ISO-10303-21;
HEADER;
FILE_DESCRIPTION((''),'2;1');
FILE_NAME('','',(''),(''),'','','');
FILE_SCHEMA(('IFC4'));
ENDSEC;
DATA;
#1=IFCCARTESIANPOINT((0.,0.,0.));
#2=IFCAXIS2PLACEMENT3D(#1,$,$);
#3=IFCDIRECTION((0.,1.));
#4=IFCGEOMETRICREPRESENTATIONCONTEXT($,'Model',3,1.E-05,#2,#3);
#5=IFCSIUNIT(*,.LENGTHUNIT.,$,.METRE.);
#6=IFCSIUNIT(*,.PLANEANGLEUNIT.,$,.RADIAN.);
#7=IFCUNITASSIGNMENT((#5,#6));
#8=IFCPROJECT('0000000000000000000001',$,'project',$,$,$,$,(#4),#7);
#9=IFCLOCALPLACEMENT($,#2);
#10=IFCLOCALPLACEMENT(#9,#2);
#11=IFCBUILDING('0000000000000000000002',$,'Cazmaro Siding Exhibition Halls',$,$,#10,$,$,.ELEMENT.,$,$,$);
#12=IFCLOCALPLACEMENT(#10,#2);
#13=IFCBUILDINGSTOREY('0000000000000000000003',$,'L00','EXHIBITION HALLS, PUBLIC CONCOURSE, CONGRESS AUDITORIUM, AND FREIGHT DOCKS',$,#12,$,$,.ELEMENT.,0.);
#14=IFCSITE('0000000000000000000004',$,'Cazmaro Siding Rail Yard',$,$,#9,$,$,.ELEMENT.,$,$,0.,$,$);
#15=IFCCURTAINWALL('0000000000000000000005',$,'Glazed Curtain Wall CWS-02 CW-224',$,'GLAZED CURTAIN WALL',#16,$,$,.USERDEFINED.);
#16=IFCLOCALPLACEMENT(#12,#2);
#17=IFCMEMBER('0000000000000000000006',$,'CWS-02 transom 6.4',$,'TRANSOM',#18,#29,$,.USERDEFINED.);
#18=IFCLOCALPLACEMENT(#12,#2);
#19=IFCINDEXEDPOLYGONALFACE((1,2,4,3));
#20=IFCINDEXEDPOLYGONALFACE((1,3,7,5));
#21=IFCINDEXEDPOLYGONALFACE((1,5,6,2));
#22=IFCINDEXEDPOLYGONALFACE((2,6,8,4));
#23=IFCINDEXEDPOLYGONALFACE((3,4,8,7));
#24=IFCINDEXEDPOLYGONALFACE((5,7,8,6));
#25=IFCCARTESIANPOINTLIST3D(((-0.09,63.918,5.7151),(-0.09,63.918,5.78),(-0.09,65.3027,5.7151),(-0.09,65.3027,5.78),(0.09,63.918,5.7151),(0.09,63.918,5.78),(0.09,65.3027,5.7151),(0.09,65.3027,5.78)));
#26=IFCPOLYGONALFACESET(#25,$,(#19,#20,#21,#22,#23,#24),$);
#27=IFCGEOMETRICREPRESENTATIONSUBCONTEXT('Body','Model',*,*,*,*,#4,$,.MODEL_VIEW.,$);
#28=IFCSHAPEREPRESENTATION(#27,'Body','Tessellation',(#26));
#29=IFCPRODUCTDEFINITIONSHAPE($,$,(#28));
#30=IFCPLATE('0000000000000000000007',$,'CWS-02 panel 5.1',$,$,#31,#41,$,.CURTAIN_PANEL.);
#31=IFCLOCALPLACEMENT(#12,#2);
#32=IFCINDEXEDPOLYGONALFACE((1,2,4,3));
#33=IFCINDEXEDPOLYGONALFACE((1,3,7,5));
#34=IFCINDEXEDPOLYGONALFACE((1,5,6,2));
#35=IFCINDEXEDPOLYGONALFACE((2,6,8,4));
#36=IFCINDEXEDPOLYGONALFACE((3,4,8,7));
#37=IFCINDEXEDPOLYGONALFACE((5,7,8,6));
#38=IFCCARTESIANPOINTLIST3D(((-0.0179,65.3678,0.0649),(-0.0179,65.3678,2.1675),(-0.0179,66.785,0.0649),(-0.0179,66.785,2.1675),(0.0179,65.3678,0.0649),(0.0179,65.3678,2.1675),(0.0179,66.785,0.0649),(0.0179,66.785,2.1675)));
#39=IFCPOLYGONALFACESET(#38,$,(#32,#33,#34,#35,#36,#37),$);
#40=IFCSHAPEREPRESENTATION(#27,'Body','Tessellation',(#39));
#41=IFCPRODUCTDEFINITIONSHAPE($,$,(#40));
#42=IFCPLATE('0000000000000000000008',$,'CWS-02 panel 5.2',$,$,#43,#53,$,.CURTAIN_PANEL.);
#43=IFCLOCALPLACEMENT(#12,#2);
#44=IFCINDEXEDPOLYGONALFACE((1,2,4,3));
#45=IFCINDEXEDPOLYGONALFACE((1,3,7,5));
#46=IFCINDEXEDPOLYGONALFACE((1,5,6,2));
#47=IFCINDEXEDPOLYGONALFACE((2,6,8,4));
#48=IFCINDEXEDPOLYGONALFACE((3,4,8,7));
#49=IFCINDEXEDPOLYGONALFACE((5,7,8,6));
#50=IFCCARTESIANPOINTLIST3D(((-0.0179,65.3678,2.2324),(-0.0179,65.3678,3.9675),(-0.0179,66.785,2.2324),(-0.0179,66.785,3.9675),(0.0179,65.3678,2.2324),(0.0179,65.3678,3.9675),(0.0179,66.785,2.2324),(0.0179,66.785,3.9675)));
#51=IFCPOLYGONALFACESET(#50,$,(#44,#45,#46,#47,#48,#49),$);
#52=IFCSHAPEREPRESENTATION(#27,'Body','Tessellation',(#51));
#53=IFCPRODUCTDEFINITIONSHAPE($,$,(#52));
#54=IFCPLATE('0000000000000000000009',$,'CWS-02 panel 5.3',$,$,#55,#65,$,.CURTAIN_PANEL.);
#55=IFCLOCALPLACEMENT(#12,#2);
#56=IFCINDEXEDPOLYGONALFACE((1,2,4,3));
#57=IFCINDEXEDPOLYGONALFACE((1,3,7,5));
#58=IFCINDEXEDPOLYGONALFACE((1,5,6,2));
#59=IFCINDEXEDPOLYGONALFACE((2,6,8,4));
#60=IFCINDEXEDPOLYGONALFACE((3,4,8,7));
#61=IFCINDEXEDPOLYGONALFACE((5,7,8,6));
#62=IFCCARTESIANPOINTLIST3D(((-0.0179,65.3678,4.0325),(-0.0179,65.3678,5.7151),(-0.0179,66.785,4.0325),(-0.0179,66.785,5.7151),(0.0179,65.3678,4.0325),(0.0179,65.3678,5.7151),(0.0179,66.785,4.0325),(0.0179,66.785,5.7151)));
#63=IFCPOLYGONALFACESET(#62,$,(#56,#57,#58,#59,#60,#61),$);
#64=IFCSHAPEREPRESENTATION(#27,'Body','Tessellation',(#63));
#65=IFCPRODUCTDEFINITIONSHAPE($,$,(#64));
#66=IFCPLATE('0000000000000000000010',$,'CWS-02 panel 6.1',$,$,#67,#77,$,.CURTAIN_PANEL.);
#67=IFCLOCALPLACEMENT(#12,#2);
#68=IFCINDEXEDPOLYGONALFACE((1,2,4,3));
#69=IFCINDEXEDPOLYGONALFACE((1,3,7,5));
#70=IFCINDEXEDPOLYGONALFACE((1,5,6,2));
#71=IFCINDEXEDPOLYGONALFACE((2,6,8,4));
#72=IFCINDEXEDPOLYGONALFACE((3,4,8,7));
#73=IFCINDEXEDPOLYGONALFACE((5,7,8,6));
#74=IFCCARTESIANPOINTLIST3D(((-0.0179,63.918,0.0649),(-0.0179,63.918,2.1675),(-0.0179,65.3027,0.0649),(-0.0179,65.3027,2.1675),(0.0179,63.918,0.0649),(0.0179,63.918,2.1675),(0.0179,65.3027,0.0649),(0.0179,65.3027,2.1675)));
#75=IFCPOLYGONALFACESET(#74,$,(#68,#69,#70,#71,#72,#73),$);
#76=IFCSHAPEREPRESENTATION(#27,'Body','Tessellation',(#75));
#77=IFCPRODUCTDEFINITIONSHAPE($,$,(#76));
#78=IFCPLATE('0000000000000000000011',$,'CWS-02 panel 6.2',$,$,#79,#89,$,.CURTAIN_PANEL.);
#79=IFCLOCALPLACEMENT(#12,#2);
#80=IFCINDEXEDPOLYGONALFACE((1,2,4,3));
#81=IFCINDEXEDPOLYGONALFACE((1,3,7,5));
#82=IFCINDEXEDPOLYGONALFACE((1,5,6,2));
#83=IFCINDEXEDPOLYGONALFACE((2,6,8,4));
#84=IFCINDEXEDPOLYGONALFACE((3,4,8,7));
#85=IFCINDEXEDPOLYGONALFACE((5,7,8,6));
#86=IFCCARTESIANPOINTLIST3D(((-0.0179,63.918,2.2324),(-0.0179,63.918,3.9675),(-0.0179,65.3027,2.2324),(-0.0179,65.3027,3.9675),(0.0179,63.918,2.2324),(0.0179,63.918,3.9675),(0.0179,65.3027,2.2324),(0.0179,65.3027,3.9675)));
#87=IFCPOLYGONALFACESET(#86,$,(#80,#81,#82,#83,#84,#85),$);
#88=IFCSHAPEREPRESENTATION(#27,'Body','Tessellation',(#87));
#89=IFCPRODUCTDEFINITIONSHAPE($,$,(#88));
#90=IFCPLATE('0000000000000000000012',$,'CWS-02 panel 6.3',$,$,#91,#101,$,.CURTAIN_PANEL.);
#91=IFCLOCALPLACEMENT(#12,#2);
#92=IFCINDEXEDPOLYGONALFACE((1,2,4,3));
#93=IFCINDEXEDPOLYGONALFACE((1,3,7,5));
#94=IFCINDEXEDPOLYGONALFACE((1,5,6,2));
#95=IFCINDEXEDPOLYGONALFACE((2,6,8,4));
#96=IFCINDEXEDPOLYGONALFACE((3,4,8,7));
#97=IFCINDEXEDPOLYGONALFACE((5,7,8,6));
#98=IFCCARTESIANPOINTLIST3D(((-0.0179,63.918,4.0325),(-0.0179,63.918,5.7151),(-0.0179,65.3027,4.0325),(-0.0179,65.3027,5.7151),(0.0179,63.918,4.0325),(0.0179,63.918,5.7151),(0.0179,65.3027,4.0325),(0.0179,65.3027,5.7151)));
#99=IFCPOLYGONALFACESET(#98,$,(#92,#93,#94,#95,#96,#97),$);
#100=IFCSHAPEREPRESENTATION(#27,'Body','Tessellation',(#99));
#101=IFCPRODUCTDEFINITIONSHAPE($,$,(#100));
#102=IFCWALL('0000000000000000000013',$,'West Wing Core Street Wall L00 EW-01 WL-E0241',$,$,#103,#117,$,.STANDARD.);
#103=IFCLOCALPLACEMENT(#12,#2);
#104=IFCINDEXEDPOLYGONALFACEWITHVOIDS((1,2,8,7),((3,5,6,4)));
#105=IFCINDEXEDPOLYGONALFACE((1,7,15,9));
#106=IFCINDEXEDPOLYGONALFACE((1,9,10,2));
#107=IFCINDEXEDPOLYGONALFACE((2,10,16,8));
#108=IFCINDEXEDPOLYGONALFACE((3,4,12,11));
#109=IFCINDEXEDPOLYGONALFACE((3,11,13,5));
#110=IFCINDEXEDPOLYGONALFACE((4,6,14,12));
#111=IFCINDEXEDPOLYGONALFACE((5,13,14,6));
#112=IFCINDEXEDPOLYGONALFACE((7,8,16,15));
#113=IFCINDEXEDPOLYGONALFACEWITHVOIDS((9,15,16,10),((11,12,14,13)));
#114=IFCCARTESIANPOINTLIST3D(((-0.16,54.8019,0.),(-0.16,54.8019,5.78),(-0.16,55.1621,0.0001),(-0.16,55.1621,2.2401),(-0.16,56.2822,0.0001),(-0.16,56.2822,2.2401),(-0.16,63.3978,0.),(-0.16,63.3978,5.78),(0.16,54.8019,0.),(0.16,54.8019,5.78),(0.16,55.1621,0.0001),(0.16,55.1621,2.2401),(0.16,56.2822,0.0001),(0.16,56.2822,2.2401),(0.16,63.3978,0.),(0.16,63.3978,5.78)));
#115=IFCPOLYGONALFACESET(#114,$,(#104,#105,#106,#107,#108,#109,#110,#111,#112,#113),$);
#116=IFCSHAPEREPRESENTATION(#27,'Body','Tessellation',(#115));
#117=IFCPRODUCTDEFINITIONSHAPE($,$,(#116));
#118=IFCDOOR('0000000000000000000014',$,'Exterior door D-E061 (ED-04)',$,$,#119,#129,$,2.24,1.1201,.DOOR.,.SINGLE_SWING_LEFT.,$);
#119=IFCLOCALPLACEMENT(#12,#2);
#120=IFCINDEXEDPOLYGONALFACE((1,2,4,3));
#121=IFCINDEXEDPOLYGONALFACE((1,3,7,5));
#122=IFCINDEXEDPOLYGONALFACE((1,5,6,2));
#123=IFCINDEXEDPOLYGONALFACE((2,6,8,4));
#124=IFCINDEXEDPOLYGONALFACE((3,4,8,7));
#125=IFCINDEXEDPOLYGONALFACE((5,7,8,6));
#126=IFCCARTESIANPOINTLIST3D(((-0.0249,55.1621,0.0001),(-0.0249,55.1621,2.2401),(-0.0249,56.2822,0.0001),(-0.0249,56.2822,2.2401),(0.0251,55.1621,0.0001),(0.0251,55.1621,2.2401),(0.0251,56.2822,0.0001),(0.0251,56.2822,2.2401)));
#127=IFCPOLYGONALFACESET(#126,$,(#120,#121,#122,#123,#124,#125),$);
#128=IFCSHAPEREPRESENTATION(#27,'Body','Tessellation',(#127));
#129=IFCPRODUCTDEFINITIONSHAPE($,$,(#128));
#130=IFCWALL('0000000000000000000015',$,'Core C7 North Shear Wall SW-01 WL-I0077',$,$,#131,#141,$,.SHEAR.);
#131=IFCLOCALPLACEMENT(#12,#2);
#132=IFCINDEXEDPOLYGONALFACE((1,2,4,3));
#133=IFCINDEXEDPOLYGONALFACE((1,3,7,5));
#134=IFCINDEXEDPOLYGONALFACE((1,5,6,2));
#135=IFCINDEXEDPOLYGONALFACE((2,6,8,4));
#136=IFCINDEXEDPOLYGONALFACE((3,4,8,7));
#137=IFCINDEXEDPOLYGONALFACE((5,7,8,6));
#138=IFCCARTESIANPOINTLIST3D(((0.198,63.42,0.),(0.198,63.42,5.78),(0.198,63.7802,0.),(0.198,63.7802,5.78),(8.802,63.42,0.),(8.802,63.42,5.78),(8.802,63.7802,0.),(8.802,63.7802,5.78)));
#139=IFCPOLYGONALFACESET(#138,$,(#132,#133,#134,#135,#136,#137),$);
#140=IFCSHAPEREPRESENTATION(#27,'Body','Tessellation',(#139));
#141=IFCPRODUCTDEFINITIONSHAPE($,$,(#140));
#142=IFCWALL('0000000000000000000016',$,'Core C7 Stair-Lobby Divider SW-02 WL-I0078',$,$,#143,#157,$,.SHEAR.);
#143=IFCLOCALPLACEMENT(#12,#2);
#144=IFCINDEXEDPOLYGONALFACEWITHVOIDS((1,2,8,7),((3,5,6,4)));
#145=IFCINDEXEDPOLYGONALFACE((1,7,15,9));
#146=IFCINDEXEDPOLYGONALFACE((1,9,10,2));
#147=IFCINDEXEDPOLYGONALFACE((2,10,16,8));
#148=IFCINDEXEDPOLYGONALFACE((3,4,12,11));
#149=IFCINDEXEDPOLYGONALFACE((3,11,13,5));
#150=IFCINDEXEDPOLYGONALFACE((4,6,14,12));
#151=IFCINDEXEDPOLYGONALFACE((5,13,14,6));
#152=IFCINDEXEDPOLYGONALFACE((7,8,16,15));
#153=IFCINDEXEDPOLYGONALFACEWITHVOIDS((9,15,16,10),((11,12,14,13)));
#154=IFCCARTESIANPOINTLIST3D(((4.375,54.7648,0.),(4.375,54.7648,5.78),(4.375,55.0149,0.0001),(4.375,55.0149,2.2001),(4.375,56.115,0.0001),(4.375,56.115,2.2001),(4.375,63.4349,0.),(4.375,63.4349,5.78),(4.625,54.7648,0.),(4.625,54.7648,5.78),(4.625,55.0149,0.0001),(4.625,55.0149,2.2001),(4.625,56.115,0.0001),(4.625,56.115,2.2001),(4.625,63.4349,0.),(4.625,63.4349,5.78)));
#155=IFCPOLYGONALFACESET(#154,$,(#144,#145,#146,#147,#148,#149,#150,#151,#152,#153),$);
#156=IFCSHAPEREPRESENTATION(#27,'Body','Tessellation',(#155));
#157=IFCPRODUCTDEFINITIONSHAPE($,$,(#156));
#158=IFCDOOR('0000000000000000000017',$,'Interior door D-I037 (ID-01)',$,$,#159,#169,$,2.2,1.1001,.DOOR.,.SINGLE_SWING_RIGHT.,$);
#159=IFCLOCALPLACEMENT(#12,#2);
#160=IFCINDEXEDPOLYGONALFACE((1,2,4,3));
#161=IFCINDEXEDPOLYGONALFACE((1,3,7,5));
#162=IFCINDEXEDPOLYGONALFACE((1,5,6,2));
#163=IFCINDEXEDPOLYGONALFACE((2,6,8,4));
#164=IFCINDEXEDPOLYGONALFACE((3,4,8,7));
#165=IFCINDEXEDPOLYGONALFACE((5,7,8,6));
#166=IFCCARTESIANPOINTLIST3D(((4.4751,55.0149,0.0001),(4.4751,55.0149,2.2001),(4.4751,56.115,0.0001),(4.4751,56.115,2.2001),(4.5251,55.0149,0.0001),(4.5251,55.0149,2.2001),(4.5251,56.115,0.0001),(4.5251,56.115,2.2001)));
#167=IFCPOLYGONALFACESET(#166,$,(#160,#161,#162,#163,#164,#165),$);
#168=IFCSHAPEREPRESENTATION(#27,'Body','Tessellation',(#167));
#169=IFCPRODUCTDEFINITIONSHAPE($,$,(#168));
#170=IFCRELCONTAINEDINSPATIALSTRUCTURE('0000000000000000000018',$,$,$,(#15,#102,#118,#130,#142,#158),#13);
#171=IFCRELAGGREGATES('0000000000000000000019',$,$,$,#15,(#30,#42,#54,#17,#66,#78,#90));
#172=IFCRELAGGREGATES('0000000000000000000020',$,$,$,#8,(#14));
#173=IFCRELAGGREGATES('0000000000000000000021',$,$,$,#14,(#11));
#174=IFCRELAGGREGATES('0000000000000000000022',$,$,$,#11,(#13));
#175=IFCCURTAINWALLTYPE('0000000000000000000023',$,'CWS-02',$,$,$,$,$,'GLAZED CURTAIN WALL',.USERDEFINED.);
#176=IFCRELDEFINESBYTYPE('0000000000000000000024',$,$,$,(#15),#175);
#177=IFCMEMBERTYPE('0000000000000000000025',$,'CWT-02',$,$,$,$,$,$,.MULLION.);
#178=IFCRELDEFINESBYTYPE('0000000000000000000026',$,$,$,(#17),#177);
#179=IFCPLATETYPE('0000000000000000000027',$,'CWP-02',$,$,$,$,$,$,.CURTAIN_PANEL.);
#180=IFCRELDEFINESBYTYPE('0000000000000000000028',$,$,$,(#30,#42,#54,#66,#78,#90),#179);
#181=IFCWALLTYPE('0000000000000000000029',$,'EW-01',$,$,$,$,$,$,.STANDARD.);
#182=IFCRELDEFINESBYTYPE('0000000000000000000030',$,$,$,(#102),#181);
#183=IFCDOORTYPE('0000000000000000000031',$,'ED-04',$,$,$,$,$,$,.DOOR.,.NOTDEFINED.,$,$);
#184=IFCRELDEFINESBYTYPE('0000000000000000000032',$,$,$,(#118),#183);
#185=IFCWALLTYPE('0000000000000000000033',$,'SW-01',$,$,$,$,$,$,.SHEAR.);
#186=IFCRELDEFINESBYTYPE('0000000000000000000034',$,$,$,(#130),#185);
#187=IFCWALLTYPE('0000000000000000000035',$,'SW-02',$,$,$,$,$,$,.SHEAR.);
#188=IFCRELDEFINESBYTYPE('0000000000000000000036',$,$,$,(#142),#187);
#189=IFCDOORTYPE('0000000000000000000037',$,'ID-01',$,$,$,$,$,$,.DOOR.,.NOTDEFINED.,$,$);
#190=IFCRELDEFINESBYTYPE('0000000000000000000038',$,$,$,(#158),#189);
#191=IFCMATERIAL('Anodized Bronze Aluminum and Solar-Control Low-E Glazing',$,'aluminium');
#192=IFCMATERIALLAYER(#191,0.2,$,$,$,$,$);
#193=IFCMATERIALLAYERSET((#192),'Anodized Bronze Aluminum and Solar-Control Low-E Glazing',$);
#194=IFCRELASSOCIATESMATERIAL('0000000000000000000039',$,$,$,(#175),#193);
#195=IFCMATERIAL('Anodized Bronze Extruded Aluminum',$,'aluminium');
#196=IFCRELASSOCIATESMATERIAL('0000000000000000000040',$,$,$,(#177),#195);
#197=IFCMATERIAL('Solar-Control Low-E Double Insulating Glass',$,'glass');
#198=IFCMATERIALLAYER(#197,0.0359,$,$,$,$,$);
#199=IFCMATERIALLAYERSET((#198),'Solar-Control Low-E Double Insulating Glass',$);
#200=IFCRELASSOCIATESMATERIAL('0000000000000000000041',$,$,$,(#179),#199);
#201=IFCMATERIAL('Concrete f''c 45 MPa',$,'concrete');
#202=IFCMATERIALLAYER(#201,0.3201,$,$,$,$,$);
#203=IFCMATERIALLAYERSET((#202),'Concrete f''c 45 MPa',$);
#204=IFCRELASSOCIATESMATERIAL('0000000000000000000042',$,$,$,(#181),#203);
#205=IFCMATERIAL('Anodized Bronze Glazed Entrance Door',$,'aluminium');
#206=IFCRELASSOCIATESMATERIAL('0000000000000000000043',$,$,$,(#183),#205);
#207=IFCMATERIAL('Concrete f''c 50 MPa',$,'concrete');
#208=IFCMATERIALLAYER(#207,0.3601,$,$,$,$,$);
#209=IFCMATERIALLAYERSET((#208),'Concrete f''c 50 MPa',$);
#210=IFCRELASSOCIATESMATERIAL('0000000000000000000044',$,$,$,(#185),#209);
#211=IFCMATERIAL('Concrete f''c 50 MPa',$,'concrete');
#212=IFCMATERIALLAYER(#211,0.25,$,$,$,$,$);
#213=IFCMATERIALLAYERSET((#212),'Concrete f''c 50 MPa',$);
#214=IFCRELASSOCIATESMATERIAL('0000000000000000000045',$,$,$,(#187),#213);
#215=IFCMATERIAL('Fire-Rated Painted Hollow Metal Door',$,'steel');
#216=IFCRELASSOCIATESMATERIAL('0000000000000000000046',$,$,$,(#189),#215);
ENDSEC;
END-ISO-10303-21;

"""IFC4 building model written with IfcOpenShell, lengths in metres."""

from ifc_helpers import new_model, si_unit, direction, frame, frame_2d, origin, origin_2d, place, context, subcontext, project, spatial, rectangle, extrude, material, layer, layer_set, material_profile, profile_set, type_object, element, fill, aggregate, save


model = new_model("IFC4")

# Units and contexts
model_context = context("Model", 3, precision=1e-05, world=origin(), true_north=direction((0.0, 1.0)))
body_context = subcontext(model_context, "Body", "Model", "MODEL_VIEW")
ifc_project = project(units=[si_unit("LENGTHUNIT", "METRE"), si_unit("PLANEANGLEUNIT", "RADIAN")], contexts=[model_context])

# Site, building, storey
site_placement = place(None, origin())
site = spatial("IfcSite", under=ifc_project, at=site_placement, Name="Cazmaro Siding Rail Yard", CompositionType="ELEMENT", RefElevation=0.0)
building_placement = place(site_placement, origin())
building = spatial("IfcBuilding", under=site, at=building_placement, Name="Cazmaro Siding Exhibition Halls", CompositionType="ELEMENT")
storey_placement = place(building_placement, origin())
storey = spatial("IfcBuildingStorey", under=building, at=storey_placement, Name="L00", Description="EXHIBITION HALLS, PUBLIC CONCOURSE, CONGRESS AUDITORIUM, AND FREIGHT DOCKS", CompositionType="ELEMENT", Elevation=0.0)

# Curtain wall, member, plates
ifc_material_1 = material(Name="Anodized Bronze Aluminum and Solar-Control Low-E Glazing", Category="aluminium")
ifc_layer_1 = layer(ifc_material_1, 0.2)
ifc_layer_set_1 = layer_set([ifc_layer_1], Name="Anodized Bronze Aluminum and Solar-Control Low-E Glazing")
curtain_wall_type = type_object("IfcCurtainWallType", Name="CWS-02", ElementType="GLAZED CURTAIN WALL", PredefinedType="USERDEFINED", material=ifc_layer_set_1)
curtain_wall_placement = place(storey_placement, origin())
curtain_wall = element("IfcCurtainWall", 1, at=curtain_wall_placement, inside=storey, type_object=curtain_wall_type, Name="Glazed Curtain Wall CWS-02 CW-224", ObjectType="GLAZED CURTAIN WALL", PredefinedType="USERDEFINED")
ifc_material_2 = material(Name="Anodized Bronze Extruded Aluminum", Category="aluminium")
ifc_material_profile_1 = material_profile(ifc_material_2, rectangle(XDim=0.1799, YDim=0.0649, at=origin_2d()), Name="CWT-02")
ifc_profile_set_1 = profile_set([ifc_material_profile_1], Name="Anodized Bronze Extruded Aluminum")
member_type_1 = type_object("IfcMemberType", Name="CWT-02", PredefinedType="MULLION", material=ifc_profile_set_1)
member_1_placement = place(storey_placement, frame((0.0, 65.3027, 5.7476), z_axis=(0.0, -1.0, 0.0), x_axis=(1.0, 0.0, 0.0)))
member_1 = element("IfcMember", 2, at=member_1_placement, type_object=member_type_1, Name="CWS-02 transom 6.4", ObjectType="TRANSOM", PredefinedType="USERDEFINED", context=body_context, shape_type="SweptSolid", body=[
    extrude(rectangle(XDim=0.1799, YDim=0.0649, at=origin_2d()), origin(), (0.0, 0.0, 1.0), 1.3848),
])
ifc_material_3 = material(Name="Solar-Control Low-E Double Insulating Glass", Category="glass")
ifc_layer_2 = layer(ifc_material_3, 0.0359)
ifc_layer_set_2 = layer_set([ifc_layer_2], Name="Solar-Control Low-E Double Insulating Glass")
plate_type = type_object("IfcPlateType", Name="CWP-02", PredefinedType="CURTAIN_PANEL", material=ifc_layer_set_2)
plate_1_placement = place(storey_placement, frame((0.0, 66.0764, 0.0649), z_axis=(0.0, 0.0, 1.0), x_axis=(0.0, -1.0, 0.0)))
plate_1 = element("IfcPlate", 3, at=plate_1_placement, type_object=plate_type, Name="CWS-02 panel 5.1", PredefinedType="CURTAIN_PANEL", context=body_context, shape_type="SweptSolid", body=[
    extrude(rectangle(XDim=1.4172, YDim=0.0359, at=origin_2d()), origin(), (0.0, 0.0, 1.0), 2.1025),
])
plate_2_placement = place(storey_placement, frame((0.0, 66.0764, 2.2324), z_axis=(0.0, 0.0, 1.0), x_axis=(0.0, -1.0, 0.0)))
plate_2 = element("IfcPlate", 4, at=plate_2_placement, type_object=plate_type, Name="CWS-02 panel 5.2", PredefinedType="CURTAIN_PANEL", context=body_context, shape_type="SweptSolid", body=[
    extrude(rectangle(XDim=1.4172, YDim=0.0359, at=origin_2d()), origin(), (0.0, 0.0, 1.0), 1.7351),
])
plate_3_placement = place(storey_placement, frame((0.0, 66.0764, 4.0325), z_axis=(0.0, 0.0, 1.0), x_axis=(0.0, -1.0, 0.0)))
plate_3 = element("IfcPlate", 5, at=plate_3_placement, type_object=plate_type, Name="CWS-02 panel 5.3", PredefinedType="CURTAIN_PANEL", context=body_context, shape_type="SweptSolid", body=[
    extrude(rectangle(XDim=1.4172, YDim=0.0359, at=origin_2d()), origin(), (0.0, 0.0, 1.0), 1.6826),
])
plate_4_placement = place(storey_placement, frame((0.0, 64.6104, 0.0649), z_axis=(0.0, 0.0, 1.0), x_axis=(0.0, -1.0, 0.0)))
plate_4 = element("IfcPlate", 6, at=plate_4_placement, type_object=plate_type, Name="CWS-02 panel 6.1", PredefinedType="CURTAIN_PANEL", context=body_context, shape_type="SweptSolid", body=[
    extrude(rectangle(XDim=1.3848, YDim=0.0359, at=origin_2d()), origin(), (0.0, 0.0, 1.0), 2.1025),
])
plate_5_placement = place(storey_placement, frame((0.0, 64.6104, 2.2324), z_axis=(0.0, 0.0, 1.0), x_axis=(0.0, -1.0, 0.0)))
plate_5 = element("IfcPlate", 7, at=plate_5_placement, type_object=plate_type, Name="CWS-02 panel 6.2", PredefinedType="CURTAIN_PANEL", context=body_context, shape_type="SweptSolid", body=[
    extrude(rectangle(XDim=1.3848, YDim=0.0359, at=origin_2d()), origin(), (0.0, 0.0, 1.0), 1.7351),
])
plate_6_placement = place(storey_placement, frame((0.0, 64.6104, 4.0325), z_axis=(0.0, 0.0, 1.0), x_axis=(0.0, -1.0, 0.0)))
plate_6 = element("IfcPlate", 8, at=plate_6_placement, type_object=plate_type, Name="CWS-02 panel 6.3", PredefinedType="CURTAIN_PANEL", context=body_context, shape_type="SweptSolid", body=[
    extrude(rectangle(XDim=1.3848, YDim=0.0359, at=origin_2d()), origin(), (0.0, 0.0, 1.0), 1.6826),
])
aggregate(curtain_wall, [plate_1, plate_2, plate_3, member_1, plate_4, plate_5, plate_6])

# Wall, opening, door
ifc_material_4 = material(Name="Concrete f'c 45 MPa", Category="concrete")
ifc_layer_3 = layer(ifc_material_4, 0.3201)
ifc_layer_set_3 = layer_set([ifc_layer_3], Name="Concrete f'c 45 MPa")
wall_type_1 = type_object("IfcWallType", Name="EW-01", PredefinedType="STANDARD", material=ifc_layer_set_3)
wall_1_placement = place(storey_placement, frame((0.0, 54.802, 0.0), z_axis=(0.0, 0.0, 1.0), x_axis=(0.0, 1.0, 0.0)))
wall_1 = element("IfcWall", 9, at=wall_1_placement, inside=storey, type_object=wall_type_1, Name="West Wing Core Street Wall L00 EW-01 WL-E0241", PredefinedType="STANDARD", context=body_context, shape_type="SweptSolid", body=[
    extrude(rectangle(XDim=8.5959, YDim=0.3201, at=frame_2d((4.2979, 0.0))), origin(), (0.0, 0.0, 1.0), 5.78),
])
opening_1_placement = place(wall_1_placement, frame((0.3601, 0.0, 0.0)))
opening_1 = element("IfcOpeningElement", 10, at=opening_1_placement, cuts=wall_1, PredefinedType="OPENING", context=body_context, shape_type="SweptSolid", body=[
    extrude(rectangle(XDim=1.1201, YDim=2.24, at=frame_2d((0.5601, 1.1201))), frame((0.0, 0.1699, 0.0), z_axis=(0.0, -1.0, 0.0), x_axis=(1.0, 0.0, 0.0)), (0.0, 0.0, 1.0), 0.3401),
])
ifc_material_5 = material(Name="Anodized Bronze Glazed Entrance Door", Category="aluminium")
door_type_1 = type_object("IfcDoorType", Name="ED-04", OperationType="NOTDEFINED", PredefinedType="DOOR", material=ifc_material_5)
door_1_placement = place(opening_1_placement, origin())
door_1 = element("IfcDoor", 11, at=door_1_placement, inside=storey, type_object=door_type_1, Name="Exterior door D-E061 (ED-04)", OperationType="SINGLE_SWING_LEFT", OverallHeight=2.24, OverallWidth=1.1201, PredefinedType="DOOR", context=body_context, shape_type="SweptSolid", body=[
    extrude(rectangle(XDim=1.1201, YDim=2.24, at=frame_2d((0.5601, 1.1201))), frame((0.0, 0.0249, 0.0), z_axis=(0.0, -1.0, 0.0), x_axis=(1.0, 0.0, 0.0)), (0.0, 0.0, 1.0), 0.05),
])
fill(opening_1, door_1)

# Wall
ifc_material_6 = material(Name="Concrete f'c 50 MPa", Category="concrete")
ifc_layer_4 = layer(ifc_material_6, 0.3601)
ifc_layer_set_4 = layer_set([ifc_layer_4], Name="Concrete f'c 50 MPa")
wall_type_2 = type_object("IfcWallType", Name="SW-01", PredefinedType="SHEAR", material=ifc_layer_set_4)
wall_2_placement = place(storey_placement, frame((0.198, 63.6001, 0.0), z_axis=(0.0, 0.0, 1.0), x_axis=(1.0, 0.0, 0.0)))
element("IfcWall", 12, at=wall_2_placement, inside=storey, type_object=wall_type_2, Name="Core C7 North Shear Wall SW-01 WL-I0077", PredefinedType="SHEAR", context=body_context, shape_type="SweptSolid", body=[
    extrude(rectangle(XDim=8.604, YDim=0.3601, at=frame_2d((4.302, 0.0))), origin(), (0.0, 0.0, 1.0), 5.78),
])

# Wall, opening, door
ifc_material_7 = material(Name="Concrete f'c 50 MPa", Category="concrete")
ifc_layer_5 = layer(ifc_material_7, 0.25)
ifc_layer_set_5 = layer_set([ifc_layer_5], Name="Concrete f'c 50 MPa")
wall_type_3 = type_object("IfcWallType", Name="SW-02", PredefinedType="SHEAR", material=ifc_layer_set_5)
wall_3_placement = place(storey_placement, frame((4.5, 54.7649, 0.0), z_axis=(0.0, 0.0, 1.0), x_axis=(0.0, 1.0, 0.0)))
wall_3 = element("IfcWall", 13, at=wall_3_placement, inside=storey, type_object=wall_type_3, Name="Core C7 Stair-Lobby Divider SW-02 WL-I0078", PredefinedType="SHEAR", context=body_context, shape_type="SweptSolid", body=[
    extrude(rectangle(XDim=8.6702, YDim=0.25, at=frame_2d((4.335, 0.0))), origin(), (0.0, 0.0, 1.0), 5.78),
])
opening_2_placement = place(wall_3_placement, frame((0.25, 0.0, 0.0)))
opening_2 = element("IfcOpeningElement", 14, at=opening_2_placement, cuts=wall_3, PredefinedType="OPENING", context=body_context, shape_type="SweptSolid", body=[
    extrude(rectangle(XDim=1.1001, YDim=2.2, at=frame_2d((0.55, 1.1001))), frame((0.0, 0.135, 0.0), z_axis=(0.0, -1.0, 0.0), x_axis=(1.0, 0.0, 0.0)), (0.0, 0.0, 1.0), 0.27),
])
ifc_material_8 = material(Name="Fire-Rated Painted Hollow Metal Door", Category="steel")
door_type_2 = type_object("IfcDoorType", Name="ID-01", OperationType="NOTDEFINED", PredefinedType="DOOR", material=ifc_material_8)
door_2_placement = place(opening_2_placement, origin())
door_2 = element("IfcDoor", 15, at=door_2_placement, inside=storey, type_object=door_type_2, Name="Interior door D-I037 (ID-01)", OperationType="SINGLE_SWING_RIGHT", OverallHeight=2.2, OverallWidth=1.1001, PredefinedType="DOOR", context=body_context, shape_type="SweptSolid", body=[
    extrude(rectangle(XDim=1.1001, YDim=2.2, at=frame_2d((0.55, 1.1001))), frame((0.0, 0.0249, 0.0), z_axis=(0.0, -1.0, 0.0), x_axis=(1.0, 0.0, 0.0)), (0.0, 0.0, 1.0), 0.05),
])
fill(opening_2, door_2)

save(model, "model.ifc")
